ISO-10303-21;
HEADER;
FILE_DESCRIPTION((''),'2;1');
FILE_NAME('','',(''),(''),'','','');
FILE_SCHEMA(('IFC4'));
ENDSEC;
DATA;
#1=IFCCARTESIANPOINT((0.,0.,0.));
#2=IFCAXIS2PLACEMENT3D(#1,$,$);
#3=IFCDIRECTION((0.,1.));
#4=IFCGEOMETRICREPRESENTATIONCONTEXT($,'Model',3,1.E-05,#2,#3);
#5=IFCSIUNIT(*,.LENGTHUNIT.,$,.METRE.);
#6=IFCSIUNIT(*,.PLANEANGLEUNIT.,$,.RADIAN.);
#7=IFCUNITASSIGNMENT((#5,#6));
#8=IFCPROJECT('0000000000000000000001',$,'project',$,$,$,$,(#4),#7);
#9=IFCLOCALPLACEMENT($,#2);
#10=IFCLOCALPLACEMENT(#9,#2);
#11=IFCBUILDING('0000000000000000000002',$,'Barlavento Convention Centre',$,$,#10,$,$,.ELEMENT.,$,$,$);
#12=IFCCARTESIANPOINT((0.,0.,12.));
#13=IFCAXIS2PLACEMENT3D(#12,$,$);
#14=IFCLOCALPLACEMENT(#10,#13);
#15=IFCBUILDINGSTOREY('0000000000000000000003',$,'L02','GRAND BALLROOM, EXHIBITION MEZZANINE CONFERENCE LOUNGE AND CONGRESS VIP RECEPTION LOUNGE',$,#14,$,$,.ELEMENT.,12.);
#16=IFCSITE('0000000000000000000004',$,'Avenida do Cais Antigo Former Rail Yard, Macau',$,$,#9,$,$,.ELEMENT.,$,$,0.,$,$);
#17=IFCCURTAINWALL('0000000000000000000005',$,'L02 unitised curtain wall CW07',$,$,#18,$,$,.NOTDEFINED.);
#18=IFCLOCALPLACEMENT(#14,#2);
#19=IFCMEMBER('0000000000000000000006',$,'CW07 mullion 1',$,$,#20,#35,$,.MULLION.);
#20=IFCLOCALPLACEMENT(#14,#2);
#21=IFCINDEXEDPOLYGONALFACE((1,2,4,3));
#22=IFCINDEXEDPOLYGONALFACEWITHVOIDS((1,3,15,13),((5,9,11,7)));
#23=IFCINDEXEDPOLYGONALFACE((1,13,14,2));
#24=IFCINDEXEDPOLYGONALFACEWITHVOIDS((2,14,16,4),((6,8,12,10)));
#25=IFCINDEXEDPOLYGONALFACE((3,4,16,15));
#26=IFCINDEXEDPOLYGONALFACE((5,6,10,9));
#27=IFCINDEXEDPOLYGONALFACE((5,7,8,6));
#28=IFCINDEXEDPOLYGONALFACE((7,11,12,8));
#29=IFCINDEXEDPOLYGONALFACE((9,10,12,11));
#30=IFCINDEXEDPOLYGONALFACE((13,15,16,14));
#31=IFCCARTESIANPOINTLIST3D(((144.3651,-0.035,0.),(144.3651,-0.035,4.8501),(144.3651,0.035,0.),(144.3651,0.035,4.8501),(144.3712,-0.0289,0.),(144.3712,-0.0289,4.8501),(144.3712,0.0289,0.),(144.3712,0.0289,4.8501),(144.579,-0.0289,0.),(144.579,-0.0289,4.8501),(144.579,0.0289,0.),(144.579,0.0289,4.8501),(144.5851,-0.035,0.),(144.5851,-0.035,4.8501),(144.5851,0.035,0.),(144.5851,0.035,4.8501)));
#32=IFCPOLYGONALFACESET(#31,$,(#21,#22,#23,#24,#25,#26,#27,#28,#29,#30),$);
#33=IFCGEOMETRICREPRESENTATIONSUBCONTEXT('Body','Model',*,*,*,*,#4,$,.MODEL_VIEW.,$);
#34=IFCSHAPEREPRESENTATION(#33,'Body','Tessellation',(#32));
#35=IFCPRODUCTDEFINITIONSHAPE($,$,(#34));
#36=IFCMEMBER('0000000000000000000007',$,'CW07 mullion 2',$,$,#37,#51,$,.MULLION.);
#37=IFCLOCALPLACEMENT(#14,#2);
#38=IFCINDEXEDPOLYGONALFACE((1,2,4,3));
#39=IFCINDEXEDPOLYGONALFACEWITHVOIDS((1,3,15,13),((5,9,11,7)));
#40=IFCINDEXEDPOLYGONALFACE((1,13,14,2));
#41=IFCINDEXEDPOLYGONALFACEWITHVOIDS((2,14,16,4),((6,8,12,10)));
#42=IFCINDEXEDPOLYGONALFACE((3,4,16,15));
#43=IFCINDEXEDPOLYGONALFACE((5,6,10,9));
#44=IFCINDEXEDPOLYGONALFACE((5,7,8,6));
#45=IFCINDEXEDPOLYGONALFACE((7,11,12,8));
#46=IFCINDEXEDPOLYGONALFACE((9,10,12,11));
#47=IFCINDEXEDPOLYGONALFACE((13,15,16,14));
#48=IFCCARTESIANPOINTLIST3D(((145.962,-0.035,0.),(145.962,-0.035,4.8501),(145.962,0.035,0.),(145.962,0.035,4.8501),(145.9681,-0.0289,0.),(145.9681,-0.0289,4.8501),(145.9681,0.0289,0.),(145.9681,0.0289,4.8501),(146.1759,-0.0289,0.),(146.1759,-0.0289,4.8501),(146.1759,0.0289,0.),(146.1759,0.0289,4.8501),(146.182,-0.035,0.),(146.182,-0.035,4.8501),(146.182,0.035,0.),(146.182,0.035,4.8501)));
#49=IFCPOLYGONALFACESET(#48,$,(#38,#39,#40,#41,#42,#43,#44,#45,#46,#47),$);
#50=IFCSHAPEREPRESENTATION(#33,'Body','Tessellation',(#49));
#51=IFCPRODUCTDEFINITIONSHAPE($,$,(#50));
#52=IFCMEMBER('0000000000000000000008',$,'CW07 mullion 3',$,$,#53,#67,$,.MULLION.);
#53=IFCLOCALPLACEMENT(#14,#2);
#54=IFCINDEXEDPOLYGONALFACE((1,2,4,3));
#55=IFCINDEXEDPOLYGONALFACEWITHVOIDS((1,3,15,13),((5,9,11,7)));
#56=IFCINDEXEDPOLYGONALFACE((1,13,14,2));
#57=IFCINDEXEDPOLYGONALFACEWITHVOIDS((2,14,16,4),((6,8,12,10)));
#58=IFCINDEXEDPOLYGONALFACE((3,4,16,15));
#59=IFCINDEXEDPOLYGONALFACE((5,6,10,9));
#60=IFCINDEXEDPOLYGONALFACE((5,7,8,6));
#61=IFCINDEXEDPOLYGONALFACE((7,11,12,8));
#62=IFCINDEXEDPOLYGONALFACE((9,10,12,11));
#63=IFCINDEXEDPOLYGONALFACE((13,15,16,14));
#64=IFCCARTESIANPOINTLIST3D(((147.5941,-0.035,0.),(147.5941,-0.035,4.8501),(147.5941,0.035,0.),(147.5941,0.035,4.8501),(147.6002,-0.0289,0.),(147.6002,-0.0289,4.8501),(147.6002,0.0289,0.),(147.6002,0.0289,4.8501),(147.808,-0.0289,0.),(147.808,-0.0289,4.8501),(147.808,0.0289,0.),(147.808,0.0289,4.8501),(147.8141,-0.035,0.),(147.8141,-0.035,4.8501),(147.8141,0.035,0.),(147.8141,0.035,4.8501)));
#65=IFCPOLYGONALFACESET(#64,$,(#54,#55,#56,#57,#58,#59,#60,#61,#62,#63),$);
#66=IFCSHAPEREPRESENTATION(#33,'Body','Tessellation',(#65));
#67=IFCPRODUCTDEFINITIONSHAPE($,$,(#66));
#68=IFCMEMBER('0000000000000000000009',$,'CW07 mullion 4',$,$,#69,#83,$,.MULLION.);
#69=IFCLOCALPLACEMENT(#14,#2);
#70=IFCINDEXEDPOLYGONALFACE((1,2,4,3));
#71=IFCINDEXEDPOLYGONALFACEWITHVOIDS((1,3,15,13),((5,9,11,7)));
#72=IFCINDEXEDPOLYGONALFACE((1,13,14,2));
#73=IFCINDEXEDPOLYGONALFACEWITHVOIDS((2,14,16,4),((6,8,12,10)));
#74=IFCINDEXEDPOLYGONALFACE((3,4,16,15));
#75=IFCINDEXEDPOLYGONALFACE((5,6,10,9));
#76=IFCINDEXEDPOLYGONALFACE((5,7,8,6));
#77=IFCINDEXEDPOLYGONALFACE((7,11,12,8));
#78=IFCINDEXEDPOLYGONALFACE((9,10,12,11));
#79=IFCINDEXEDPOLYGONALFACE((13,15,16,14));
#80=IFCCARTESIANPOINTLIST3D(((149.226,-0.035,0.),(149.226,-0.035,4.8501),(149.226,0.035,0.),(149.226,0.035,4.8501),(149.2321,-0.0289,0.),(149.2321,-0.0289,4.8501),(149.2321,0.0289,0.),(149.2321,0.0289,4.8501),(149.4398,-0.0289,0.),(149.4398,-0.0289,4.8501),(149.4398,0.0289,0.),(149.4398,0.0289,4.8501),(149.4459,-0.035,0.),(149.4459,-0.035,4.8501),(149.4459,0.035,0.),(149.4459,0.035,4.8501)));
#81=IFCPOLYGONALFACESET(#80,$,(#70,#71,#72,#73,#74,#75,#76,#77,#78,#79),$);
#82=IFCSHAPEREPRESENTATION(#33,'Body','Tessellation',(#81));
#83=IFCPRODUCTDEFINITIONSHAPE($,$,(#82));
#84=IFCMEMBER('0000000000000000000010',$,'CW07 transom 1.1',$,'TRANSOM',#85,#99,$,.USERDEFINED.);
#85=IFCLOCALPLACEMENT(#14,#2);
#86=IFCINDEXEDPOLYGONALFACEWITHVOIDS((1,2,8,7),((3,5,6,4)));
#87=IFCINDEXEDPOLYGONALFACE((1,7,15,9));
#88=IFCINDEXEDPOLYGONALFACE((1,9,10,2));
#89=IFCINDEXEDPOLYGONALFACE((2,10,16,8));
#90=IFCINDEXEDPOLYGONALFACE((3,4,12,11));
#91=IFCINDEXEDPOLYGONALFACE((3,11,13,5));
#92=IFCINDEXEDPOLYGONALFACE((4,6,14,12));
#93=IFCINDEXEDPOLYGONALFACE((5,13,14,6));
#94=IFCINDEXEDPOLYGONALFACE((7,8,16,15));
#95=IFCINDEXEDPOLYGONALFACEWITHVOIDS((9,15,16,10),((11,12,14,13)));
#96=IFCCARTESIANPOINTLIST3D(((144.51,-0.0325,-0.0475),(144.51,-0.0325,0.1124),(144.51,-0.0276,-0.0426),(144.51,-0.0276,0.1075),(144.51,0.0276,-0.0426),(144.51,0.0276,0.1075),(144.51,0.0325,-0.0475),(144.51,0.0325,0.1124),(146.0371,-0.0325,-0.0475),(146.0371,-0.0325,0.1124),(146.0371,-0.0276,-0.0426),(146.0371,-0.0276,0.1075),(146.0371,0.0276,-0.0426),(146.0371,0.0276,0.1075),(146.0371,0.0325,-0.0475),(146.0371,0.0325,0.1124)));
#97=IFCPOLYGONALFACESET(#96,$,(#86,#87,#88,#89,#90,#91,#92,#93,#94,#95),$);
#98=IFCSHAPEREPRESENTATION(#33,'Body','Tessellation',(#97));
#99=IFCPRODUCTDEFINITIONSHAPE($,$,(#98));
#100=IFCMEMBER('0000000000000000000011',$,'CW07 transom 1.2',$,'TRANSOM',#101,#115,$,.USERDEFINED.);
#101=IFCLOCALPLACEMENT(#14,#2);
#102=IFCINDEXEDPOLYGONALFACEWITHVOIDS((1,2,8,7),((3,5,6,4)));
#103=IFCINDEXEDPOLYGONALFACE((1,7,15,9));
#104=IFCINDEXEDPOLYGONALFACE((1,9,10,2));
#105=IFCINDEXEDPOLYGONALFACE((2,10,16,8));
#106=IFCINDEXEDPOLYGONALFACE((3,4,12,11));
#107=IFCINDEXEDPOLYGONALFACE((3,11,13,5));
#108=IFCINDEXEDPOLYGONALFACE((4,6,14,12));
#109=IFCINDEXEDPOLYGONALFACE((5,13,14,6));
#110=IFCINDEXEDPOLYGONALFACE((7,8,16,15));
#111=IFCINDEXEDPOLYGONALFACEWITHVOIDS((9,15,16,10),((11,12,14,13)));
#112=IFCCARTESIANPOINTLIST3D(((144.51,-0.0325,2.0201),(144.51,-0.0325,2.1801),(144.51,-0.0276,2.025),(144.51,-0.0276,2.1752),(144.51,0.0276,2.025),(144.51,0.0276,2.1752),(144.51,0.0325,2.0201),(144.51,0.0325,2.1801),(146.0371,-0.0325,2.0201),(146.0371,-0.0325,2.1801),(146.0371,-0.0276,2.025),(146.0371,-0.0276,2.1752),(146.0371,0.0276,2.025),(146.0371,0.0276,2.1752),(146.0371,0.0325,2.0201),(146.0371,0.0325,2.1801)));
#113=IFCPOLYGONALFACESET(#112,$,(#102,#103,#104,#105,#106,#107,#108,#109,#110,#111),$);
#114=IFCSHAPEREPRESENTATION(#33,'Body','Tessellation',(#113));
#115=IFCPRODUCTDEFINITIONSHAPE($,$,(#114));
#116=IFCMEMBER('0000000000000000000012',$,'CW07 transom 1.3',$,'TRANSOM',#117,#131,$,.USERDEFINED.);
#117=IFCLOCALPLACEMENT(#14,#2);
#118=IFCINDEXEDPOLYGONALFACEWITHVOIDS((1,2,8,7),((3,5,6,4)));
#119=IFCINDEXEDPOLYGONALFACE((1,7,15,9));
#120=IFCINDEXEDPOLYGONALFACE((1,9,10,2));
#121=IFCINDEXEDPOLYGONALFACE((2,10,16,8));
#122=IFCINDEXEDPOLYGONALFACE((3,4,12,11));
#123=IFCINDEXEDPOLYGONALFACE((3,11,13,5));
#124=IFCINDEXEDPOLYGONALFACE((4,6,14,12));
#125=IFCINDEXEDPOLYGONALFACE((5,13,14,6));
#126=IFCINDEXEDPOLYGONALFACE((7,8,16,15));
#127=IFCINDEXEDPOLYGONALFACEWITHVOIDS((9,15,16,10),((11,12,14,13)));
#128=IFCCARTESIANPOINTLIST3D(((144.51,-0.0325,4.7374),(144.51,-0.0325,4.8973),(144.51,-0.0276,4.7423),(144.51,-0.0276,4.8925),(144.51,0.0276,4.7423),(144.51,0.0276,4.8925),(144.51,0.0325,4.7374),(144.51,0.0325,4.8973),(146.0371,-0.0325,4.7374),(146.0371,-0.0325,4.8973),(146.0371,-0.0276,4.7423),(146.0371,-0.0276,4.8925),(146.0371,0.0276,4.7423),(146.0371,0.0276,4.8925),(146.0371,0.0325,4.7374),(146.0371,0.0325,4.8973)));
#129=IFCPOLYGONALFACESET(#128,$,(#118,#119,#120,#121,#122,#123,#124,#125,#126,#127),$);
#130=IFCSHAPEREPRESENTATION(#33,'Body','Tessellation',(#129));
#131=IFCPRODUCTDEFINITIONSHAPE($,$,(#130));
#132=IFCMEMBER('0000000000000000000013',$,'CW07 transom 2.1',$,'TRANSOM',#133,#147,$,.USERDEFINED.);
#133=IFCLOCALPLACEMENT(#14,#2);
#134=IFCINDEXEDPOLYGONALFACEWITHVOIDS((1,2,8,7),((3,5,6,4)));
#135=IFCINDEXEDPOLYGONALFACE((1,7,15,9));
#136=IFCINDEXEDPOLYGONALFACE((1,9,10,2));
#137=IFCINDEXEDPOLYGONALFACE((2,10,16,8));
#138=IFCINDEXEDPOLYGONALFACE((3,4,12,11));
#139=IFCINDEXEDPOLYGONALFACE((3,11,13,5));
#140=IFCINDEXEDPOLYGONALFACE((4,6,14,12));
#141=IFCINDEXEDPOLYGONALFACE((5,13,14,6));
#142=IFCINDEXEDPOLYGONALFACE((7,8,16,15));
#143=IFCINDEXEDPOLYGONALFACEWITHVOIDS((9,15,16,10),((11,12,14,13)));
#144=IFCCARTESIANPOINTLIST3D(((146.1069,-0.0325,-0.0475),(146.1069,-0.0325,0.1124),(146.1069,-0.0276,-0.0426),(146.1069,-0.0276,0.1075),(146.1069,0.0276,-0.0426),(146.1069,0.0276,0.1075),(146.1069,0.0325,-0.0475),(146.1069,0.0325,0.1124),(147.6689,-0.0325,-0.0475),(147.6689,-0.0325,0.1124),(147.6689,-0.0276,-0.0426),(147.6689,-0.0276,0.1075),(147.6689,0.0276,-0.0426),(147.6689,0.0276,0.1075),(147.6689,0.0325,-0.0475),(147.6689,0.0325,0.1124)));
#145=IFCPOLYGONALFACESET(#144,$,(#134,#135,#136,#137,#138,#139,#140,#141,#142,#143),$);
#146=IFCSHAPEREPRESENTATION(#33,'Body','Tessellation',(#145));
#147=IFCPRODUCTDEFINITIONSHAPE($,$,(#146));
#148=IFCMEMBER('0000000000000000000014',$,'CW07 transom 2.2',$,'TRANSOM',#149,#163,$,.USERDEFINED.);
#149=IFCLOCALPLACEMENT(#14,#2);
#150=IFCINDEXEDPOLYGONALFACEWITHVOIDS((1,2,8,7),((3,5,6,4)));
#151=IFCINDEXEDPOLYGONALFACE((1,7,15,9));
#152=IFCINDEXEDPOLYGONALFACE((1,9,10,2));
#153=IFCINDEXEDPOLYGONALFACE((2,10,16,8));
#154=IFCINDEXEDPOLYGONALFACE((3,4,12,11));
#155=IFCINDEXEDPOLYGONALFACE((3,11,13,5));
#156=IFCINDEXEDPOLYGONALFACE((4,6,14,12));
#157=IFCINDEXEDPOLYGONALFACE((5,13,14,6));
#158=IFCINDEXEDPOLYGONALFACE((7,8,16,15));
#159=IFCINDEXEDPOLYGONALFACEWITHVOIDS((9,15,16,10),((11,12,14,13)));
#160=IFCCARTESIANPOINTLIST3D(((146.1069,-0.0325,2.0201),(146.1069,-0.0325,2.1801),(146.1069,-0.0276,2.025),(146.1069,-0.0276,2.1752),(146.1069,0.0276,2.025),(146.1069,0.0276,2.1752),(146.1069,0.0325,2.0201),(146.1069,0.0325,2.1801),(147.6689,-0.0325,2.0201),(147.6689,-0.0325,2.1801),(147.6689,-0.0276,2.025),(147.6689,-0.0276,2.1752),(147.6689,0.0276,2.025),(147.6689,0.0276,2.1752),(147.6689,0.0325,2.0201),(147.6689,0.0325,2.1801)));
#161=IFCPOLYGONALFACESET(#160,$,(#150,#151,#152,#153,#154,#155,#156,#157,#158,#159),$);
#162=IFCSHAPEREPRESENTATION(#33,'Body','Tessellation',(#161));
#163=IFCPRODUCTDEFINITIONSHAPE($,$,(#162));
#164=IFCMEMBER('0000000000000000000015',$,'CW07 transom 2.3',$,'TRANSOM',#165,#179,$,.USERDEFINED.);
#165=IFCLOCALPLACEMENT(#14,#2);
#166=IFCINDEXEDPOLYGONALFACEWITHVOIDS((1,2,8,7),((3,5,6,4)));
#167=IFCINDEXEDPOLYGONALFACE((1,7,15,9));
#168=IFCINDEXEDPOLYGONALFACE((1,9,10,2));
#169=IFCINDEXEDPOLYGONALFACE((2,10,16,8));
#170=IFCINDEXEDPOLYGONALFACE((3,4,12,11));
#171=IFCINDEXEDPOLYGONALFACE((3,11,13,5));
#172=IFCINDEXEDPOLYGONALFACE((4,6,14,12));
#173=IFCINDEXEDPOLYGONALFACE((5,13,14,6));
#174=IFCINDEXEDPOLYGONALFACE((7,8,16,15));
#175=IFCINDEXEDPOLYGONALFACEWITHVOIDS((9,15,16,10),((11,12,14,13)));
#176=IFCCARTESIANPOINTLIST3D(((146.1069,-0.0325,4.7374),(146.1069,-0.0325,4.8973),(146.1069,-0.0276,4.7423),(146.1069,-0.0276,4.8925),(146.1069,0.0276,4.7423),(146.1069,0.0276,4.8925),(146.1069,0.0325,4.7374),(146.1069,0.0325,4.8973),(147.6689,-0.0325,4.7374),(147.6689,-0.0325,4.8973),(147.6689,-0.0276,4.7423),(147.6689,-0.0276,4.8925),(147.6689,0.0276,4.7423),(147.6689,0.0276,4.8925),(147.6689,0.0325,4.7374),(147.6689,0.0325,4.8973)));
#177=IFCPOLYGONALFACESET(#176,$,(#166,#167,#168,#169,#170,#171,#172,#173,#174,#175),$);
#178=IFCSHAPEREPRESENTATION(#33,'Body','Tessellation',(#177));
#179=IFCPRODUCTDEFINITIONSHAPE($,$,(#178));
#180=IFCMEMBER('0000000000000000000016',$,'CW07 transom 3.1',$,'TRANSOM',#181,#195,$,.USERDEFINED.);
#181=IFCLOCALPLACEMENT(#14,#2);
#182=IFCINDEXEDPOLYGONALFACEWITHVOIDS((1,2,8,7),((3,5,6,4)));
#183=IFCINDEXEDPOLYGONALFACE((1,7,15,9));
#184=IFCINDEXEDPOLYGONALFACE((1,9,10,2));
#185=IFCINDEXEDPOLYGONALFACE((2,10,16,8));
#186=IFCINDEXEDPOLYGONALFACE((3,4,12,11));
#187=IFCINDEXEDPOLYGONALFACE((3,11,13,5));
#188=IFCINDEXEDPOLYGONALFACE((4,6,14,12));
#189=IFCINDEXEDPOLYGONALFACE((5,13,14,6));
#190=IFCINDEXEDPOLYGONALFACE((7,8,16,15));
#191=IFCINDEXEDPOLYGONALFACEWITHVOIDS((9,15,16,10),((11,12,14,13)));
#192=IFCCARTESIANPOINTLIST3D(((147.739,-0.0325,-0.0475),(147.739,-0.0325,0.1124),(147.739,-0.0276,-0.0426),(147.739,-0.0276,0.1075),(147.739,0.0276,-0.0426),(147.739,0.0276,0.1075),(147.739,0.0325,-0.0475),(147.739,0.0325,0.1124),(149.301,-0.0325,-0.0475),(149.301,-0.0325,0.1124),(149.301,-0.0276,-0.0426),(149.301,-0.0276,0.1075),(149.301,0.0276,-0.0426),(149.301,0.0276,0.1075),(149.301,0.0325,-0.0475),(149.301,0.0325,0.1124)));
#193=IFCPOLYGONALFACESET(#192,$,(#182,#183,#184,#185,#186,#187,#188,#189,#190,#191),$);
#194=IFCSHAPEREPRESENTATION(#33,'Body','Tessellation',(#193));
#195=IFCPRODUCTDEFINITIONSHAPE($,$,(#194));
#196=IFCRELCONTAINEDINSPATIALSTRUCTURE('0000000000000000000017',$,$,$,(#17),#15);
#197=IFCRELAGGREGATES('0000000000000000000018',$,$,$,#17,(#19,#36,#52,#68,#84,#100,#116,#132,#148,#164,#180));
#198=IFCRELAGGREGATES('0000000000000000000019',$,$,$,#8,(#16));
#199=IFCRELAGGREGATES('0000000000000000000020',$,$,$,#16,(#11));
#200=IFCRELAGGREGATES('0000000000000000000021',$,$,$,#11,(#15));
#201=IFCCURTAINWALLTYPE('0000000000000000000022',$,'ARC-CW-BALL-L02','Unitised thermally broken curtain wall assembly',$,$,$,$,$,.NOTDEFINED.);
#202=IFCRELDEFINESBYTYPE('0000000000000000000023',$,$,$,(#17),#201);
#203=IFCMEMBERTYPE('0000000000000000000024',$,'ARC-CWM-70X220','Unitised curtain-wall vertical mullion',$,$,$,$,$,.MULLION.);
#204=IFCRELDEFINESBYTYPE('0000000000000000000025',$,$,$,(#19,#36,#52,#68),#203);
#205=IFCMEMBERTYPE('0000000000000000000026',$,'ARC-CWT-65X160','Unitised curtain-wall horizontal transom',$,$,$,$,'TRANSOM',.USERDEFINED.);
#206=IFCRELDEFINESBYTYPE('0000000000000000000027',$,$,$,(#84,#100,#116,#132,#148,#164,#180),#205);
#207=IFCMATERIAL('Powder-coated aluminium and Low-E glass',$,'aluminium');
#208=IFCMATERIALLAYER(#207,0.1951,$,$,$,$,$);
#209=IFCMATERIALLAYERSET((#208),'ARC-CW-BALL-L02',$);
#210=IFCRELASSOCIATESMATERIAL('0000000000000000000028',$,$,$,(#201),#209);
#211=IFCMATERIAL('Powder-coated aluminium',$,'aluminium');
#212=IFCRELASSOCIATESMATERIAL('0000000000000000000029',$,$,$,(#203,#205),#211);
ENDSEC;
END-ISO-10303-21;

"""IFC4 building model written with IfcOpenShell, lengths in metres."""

from ifc_helpers import new_model, si_unit, direction, frame, origin, origin_2d, place, context, subcontext, project, spatial, hollow_rectangle, extrude, material, layer, layer_set, material_profile, profile_set, type_object, element, aggregate, save


model = new_model("IFC4")

# Units and contexts
model_context = context("Model", 3, precision=1e-05, world=origin(), true_north=direction((0.0, 1.0)))
body_context = subcontext(model_context, "Body", "Model", "MODEL_VIEW")
ifc_project = project(units=[si_unit("LENGTHUNIT", "METRE"), si_unit("PLANEANGLEUNIT", "RADIAN")], contexts=[model_context])

# Site, building, storey
site_placement = place(None, origin())
site = spatial("IfcSite", under=ifc_project, at=site_placement, Name="Avenida do Cais Antigo Former Rail Yard, Macau", CompositionType="ELEMENT", RefElevation=0.0)
building_placement = place(site_placement, origin())
building = spatial("IfcBuilding", under=site, at=building_placement, Name="Barlavento Convention Centre", CompositionType="ELEMENT")
storey_placement = place(building_placement, frame((0.0, 0.0, 12.0)))
storey = spatial("IfcBuildingStorey", under=building, at=storey_placement, Name="L02", Description="GRAND BALLROOM, EXHIBITION MEZZANINE CONFERENCE LOUNGE AND CONGRESS VIP RECEPTION LOUNGE", CompositionType="ELEMENT", Elevation=12.0)

# Curtain wall, members
ifc_material_1 = material(Name="Powder-coated aluminium and Low-E glass", Category="aluminium")
ifc_layer_1 = layer(ifc_material_1, 0.1951)
ifc_layer_set_1 = layer_set([ifc_layer_1], Name="ARC-CW-BALL-L02")
curtain_wall_type = type_object("IfcCurtainWallType", Name="ARC-CW-BALL-L02", Description="Unitised thermally broken curtain wall assembly", PredefinedType="NOTDEFINED", material=ifc_layer_set_1)
curtain_wall_placement = place(storey_placement, origin())
curtain_wall = element("IfcCurtainWall", 1, at=curtain_wall_placement, inside=storey, type_object=curtain_wall_type, Name="L02 unitised curtain wall CW07", PredefinedType="NOTDEFINED")
ifc_material_2 = material(Name="Powder-coated aluminium", Category="aluminium")
ifc_material_profile_1 = material_profile(ifc_material_2, hollow_rectangle(XDim=0.0701, YDim=0.22, WallThickness=0.0061, at=origin_2d()), Name="AL-MULL 70x220x6")
ifc_profile_set_1 = profile_set([ifc_material_profile_1], Name="Powder-coated aluminium")
member_type_1 = type_object("IfcMemberType", Name="ARC-CWM-70X220", Description="Unitised curtain-wall vertical mullion", PredefinedType="MULLION", material=ifc_profile_set_1)
member_1_placement = place(storey_placement, frame((144.4751, 0.0, 0.0), z_axis=(0.0, 0.0, 1.0), x_axis=(0.0, 1.0, 0.0)))
member_1 = element("IfcMember", 2, at=member_1_placement, type_object=member_type_1, Name="CW07 mullion 1", PredefinedType="MULLION", context=body_context, shape_type="SweptSolid", body=[
    extrude(hollow_rectangle(XDim=0.0701, YDim=0.22, WallThickness=0.0061, at=origin_2d()), origin(), (0.0, 0.0, 1.0), 4.8501),
])
member_2_placement = place(storey_placement, frame((146.072, 0.0, 0.0), z_axis=(0.0, 0.0, 1.0), x_axis=(0.0, 1.0, 0.0)))
member_2 = element("IfcMember", 3, at=member_2_placement, type_object=member_type_1, Name="CW07 mullion 2", PredefinedType="MULLION", context=body_context, shape_type="SweptSolid", body=[
    extrude(hollow_rectangle(XDim=0.0701, YDim=0.22, WallThickness=0.0061, at=origin_2d()), origin(), (0.0, 0.0, 1.0), 4.8501),
])
member_3_placement = place(storey_placement, frame((147.7041, 0.0, 0.0), z_axis=(0.0, 0.0, 1.0), x_axis=(0.0, 1.0, 0.0)))
member_3 = element("IfcMember", 4, at=member_3_placement, type_object=member_type_1, Name="CW07 mullion 3", PredefinedType="MULLION", context=body_context, shape_type="SweptSolid", body=[
    extrude(hollow_rectangle(XDim=0.0701, YDim=0.22, WallThickness=0.0061, at=origin_2d()), origin(), (0.0, 0.0, 1.0), 4.8501),
])
member_4_placement = place(storey_placement, frame((149.3359, 0.0, 0.0), z_axis=(0.0, 0.0, 1.0), x_axis=(0.0, 1.0, 0.0)))
member_4 = element("IfcMember", 5, at=member_4_placement, type_object=member_type_1, Name="CW07 mullion 4", PredefinedType="MULLION", context=body_context, shape_type="SweptSolid", body=[
    extrude(hollow_rectangle(XDim=0.0701, YDim=0.22, WallThickness=0.0061, at=origin_2d()), origin(), (0.0, 0.0, 1.0), 4.8501),
])
ifc_material_profile_2 = material_profile(ifc_material_2, hollow_rectangle(XDim=0.0649, YDim=0.1599, WallThickness=0.0049, at=origin_2d()), Name="AL-TRAN 65x160x5")
ifc_profile_set_2 = profile_set([ifc_material_profile_2], Name="Powder-coated aluminium")
member_type_2 = type_object("IfcMemberType", Name="ARC-CWT-65X160", Description="Unitised curtain-wall horizontal transom", ElementType="TRANSOM", PredefinedType="USERDEFINED", material=ifc_profile_set_2)
member_5_placement = place(storey_placement, frame((144.51, 0.0, 0.0325), z_axis=(1.0, 0.0, 0.0), x_axis=(0.0, 1.0, 0.0)))
member_5 = element("IfcMember", 6, at=member_5_placement, type_object=member_type_2, Name="CW07 transom 1.1", ObjectType="TRANSOM", PredefinedType="USERDEFINED", context=body_context, shape_type="SweptSolid", body=[
    extrude(hollow_rectangle(XDim=0.0649, YDim=0.1599, WallThickness=0.0049, at=origin_2d()), origin(), (0.0, 0.0, 1.0), 1.5271),
])
member_6_placement = place(storey_placement, frame((144.51, 0.0, 2.1001), z_axis=(1.0, 0.0, 0.0), x_axis=(0.0, 1.0, 0.0)))
member_6 = element("IfcMember", 7, at=member_6_placement, type_object=member_type_2, Name="CW07 transom 1.2", ObjectType="TRANSOM", PredefinedType="USERDEFINED", context=body_context, shape_type="SweptSolid", body=[
    extrude(hollow_rectangle(XDim=0.0649, YDim=0.1599, WallThickness=0.0049, at=origin_2d()), origin(), (0.0, 0.0, 1.0), 1.5271),
])
member_7_placement = place(storey_placement, frame((144.51, 0.0, 4.8174), z_axis=(1.0, 0.0, 0.0), x_axis=(0.0, 1.0, 0.0)))
member_7 = element("IfcMember", 8, at=member_7_placement, type_object=member_type_2, Name="CW07 transom 1.3", ObjectType="TRANSOM", PredefinedType="USERDEFINED", context=body_context, shape_type="SweptSolid", body=[
    extrude(hollow_rectangle(XDim=0.0649, YDim=0.1599, WallThickness=0.0049, at=origin_2d()), origin(), (0.0, 0.0, 1.0), 1.5271),
])
member_8_placement = place(storey_placement, frame((146.1069, 0.0, 0.0325), z_axis=(1.0, 0.0, 0.0), x_axis=(0.0, 1.0, 0.0)))
member_8 = element("IfcMember", 9, at=member_8_placement, type_object=member_type_2, Name="CW07 transom 2.1", ObjectType="TRANSOM", PredefinedType="USERDEFINED", context=body_context, shape_type="SweptSolid", body=[
    extrude(hollow_rectangle(XDim=0.0649, YDim=0.1599, WallThickness=0.0049, at=origin_2d()), origin(), (0.0, 0.0, 1.0), 1.562),
])
member_9_placement = place(storey_placement, frame((146.1069, 0.0, 2.1001), z_axis=(1.0, 0.0, 0.0), x_axis=(0.0, 1.0, 0.0)))
member_9 = element("IfcMember", 10, at=member_9_placement, type_object=member_type_2, Name="CW07 transom 2.2", ObjectType="TRANSOM", PredefinedType="USERDEFINED", context=body_context, shape_type="SweptSolid", body=[
    extrude(hollow_rectangle(XDim=0.0649, YDim=0.1599, WallThickness=0.0049, at=origin_2d()), origin(), (0.0, 0.0, 1.0), 1.562),
])
member_10_placement = place(storey_placement, frame((146.1069, 0.0, 4.8174), z_axis=(1.0, 0.0, 0.0), x_axis=(0.0, 1.0, 0.0)))
member_10 = element("IfcMember", 11, at=member_10_placement, type_object=member_type_2, Name="CW07 transom 2.3", ObjectType="TRANSOM", PredefinedType="USERDEFINED", context=body_context, shape_type="SweptSolid", body=[
    extrude(hollow_rectangle(XDim=0.0649, YDim=0.1599, WallThickness=0.0049, at=origin_2d()), origin(), (0.0, 0.0, 1.0), 1.562),
])
member_11_placement = place(storey_placement, frame((147.739, 0.0, 0.0325), z_axis=(1.0, 0.0, 0.0), x_axis=(0.0, 1.0, 0.0)))
member_11 = element("IfcMember", 12, at=member_11_placement, type_object=member_type_2, Name="CW07 transom 3.1", ObjectType="TRANSOM", PredefinedType="USERDEFINED", context=body_context, shape_type="SweptSolid", body=[
    extrude(hollow_rectangle(XDim=0.0649, YDim=0.1599, WallThickness=0.0049, at=origin_2d()), origin(), (0.0, 0.0, 1.0), 1.562),
])

aggregate(curtain_wall, [member_1, member_2, member_3, member_4, member_5, member_6, member_7, member_8, member_9, member_10, member_11])

save(model, "model.ifc")
